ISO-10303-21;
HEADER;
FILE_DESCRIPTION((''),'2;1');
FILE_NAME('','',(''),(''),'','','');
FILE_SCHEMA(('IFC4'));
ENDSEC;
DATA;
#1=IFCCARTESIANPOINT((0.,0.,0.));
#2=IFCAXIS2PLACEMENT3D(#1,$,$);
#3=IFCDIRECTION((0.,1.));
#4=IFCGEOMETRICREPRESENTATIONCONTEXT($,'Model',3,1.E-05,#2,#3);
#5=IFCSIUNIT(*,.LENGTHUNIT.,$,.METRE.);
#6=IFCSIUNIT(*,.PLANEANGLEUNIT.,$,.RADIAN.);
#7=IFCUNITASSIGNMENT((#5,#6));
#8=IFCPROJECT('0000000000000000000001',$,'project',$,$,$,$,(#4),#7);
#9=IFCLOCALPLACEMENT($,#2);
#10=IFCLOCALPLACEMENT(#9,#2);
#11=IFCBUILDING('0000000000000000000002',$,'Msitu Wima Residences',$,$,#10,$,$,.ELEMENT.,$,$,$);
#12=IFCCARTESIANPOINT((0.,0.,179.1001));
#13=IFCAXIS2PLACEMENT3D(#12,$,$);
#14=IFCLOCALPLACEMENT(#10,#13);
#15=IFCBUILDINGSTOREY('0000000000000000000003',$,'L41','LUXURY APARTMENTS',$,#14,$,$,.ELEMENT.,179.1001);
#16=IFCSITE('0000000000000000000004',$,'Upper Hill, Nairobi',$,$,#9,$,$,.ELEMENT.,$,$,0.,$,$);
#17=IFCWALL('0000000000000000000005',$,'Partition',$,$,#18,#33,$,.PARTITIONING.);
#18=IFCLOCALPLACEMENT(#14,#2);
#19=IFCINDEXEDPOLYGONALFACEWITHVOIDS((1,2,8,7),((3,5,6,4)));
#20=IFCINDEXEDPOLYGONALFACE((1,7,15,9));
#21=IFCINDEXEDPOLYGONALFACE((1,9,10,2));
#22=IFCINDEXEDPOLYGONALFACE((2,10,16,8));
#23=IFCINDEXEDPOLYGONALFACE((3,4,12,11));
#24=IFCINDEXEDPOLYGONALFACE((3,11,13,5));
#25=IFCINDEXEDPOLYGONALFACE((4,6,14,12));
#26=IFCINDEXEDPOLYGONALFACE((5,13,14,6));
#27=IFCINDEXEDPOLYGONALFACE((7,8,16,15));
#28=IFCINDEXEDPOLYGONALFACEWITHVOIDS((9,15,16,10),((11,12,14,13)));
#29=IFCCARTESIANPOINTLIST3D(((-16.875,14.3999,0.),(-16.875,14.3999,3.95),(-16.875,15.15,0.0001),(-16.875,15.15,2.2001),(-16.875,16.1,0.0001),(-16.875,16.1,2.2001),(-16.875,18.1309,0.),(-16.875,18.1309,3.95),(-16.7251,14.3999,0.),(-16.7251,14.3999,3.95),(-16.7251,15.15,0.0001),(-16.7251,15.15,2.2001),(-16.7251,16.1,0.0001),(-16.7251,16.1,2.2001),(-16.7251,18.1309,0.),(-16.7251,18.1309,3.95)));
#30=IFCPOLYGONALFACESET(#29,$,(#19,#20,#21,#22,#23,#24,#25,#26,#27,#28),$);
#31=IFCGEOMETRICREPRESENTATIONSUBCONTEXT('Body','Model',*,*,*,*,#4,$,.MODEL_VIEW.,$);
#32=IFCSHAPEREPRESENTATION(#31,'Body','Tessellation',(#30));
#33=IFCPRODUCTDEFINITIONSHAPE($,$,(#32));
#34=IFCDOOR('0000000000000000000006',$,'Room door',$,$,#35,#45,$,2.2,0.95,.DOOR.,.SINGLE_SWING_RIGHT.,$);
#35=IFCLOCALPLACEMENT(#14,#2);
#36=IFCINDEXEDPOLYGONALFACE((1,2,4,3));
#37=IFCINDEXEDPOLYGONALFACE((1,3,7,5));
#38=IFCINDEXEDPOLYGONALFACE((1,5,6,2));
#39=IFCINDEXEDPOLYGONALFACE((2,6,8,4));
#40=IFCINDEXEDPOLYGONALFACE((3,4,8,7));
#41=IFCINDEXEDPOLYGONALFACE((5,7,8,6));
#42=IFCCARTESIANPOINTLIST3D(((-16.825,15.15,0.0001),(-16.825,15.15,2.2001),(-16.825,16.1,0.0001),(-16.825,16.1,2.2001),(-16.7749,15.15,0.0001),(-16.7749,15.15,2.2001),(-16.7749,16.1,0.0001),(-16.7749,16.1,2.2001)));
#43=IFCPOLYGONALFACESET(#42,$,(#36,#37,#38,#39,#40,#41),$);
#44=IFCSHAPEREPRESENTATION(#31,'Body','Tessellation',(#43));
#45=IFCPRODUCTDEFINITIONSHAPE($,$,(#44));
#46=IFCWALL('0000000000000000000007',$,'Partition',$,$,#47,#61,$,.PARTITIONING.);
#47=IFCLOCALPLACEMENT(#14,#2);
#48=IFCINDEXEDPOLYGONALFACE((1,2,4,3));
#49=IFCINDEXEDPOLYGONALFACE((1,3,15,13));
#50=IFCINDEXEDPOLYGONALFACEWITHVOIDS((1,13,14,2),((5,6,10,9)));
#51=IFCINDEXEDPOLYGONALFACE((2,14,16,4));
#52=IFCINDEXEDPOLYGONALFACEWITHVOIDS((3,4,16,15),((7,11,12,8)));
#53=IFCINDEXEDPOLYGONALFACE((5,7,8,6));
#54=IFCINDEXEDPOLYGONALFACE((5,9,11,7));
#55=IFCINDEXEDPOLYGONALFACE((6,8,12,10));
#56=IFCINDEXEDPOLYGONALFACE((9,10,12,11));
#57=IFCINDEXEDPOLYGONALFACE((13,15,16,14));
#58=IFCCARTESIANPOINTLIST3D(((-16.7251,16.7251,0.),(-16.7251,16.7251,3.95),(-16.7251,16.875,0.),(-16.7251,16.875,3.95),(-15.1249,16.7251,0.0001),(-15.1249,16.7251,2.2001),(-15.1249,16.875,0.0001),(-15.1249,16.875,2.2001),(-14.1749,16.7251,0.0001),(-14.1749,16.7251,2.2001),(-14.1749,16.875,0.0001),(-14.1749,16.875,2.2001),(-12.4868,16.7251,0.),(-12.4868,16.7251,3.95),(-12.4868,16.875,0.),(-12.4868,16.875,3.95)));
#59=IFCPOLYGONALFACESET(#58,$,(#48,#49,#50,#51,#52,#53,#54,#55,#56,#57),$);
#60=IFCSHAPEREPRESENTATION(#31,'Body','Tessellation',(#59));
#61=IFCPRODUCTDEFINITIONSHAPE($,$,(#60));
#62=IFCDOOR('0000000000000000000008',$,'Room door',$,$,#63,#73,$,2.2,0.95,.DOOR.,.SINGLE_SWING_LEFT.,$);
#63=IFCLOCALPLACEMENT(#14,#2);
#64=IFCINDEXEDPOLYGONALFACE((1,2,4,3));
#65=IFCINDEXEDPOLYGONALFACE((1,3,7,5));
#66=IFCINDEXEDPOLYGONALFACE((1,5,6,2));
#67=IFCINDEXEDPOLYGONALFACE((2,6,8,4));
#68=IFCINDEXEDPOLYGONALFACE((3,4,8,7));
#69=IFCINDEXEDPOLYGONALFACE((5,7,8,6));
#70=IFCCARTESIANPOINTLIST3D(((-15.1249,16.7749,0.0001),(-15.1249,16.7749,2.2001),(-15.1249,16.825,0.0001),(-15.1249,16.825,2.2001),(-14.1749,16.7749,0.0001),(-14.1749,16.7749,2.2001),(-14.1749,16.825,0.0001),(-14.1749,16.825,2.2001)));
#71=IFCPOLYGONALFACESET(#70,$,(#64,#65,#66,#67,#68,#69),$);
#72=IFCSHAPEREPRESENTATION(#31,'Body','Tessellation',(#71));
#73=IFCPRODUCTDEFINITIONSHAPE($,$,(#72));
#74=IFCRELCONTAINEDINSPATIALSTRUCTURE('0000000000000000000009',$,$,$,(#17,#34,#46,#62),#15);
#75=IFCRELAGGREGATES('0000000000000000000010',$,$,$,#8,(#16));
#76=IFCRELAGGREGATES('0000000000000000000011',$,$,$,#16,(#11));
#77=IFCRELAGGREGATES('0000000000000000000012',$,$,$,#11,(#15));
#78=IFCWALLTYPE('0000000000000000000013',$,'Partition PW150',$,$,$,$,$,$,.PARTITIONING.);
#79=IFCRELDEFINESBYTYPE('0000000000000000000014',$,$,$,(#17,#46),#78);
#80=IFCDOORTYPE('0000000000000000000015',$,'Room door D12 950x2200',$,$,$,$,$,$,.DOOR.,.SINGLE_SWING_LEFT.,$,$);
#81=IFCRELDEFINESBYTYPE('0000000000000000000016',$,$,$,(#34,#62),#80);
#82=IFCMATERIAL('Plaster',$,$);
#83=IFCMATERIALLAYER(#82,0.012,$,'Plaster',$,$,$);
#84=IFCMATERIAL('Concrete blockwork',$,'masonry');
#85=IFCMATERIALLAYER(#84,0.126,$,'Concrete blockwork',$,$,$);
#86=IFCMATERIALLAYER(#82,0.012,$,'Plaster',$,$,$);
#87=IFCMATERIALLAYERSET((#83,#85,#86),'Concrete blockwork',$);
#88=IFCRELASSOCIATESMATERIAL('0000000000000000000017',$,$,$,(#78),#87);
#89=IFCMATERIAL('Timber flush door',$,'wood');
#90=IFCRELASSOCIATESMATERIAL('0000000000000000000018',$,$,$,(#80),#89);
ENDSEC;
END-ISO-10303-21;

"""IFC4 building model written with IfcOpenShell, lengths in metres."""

from ifc_helpers import new_model, si_unit, direction, frame, frame_2d, origin, place, context, subcontext, project, spatial, rectangle, extrude, material, layer, layer_set, type_object, element, fill, save


model = new_model("IFC4")

# Units and contexts
model_context = context("Model", 3, precision=1e-05, world=origin(), true_north=direction((0.0, 1.0)))
body_context = subcontext(model_context, "Body", "Model", "MODEL_VIEW")
ifc_project = project(units=[si_unit("LENGTHUNIT", "METRE"), si_unit("PLANEANGLEUNIT", "RADIAN")], contexts=[model_context])

# Site, building, storey
site_placement = place(None, origin())
site = spatial("IfcSite", under=ifc_project, at=site_placement, Name="Upper Hill, Nairobi", CompositionType="ELEMENT", RefElevation=0.0)
building_placement = place(site_placement, origin())
building = spatial("IfcBuilding", under=site, at=building_placement, Name="Msitu Wima Residences", CompositionType="ELEMENT")
storey_placement = place(building_placement, frame((0.0, 0.0, 179.1001)))
storey = spatial("IfcBuildingStorey", under=building, at=storey_placement, Name="L41", Description="LUXURY APARTMENTS", CompositionType="ELEMENT", Elevation=179.1001)

# Shared definitions
ifc_material_1 = material(Name="Plaster")
ifc_material_2 = material(Name="Concrete blockwork", Category="masonry")

# Shared definitions
ifc_layer_1 = layer(ifc_material_1, 0.012, Name="Plaster")
ifc_layer_2 = layer(ifc_material_2, 0.126, Name="Concrete blockwork")
ifc_layer_3 = layer(ifc_material_1, 0.012, Name="Plaster")
ifc_layer_set_1 = layer_set([ifc_layer_1, ifc_layer_2, ifc_layer_3], Name="Concrete blockwork")
wall_type_1 = type_object("IfcWallType", Name="Partition PW150", PredefinedType="PARTITIONING", material=ifc_layer_set_1)

# Shared definitions
ifc_material_3 = material(Name="Timber flush door", Category="wood")
door_type_1 = type_object("IfcDoorType", Name="Room door D12 950x2200", OperationType="SINGLE_SWING_LEFT", PredefinedType="DOOR", material=ifc_material_3)

# Walls, openings, doors
wall_1_placement = place(storey_placement, frame((-16.8, 14.3999, 0.0), z_axis=(0.0, 0.0, 1.0), x_axis=(0.0, 1.0, 0.0)))
wall_1 = element("IfcWall", 1, at=wall_1_placement, inside=storey, type_object=wall_type_1, Name="Partition", PredefinedType="PARTITIONING", context=body_context, shape_type="SweptSolid", body=[
    extrude(rectangle(XDim=3.731, YDim=0.1499, at=frame_2d((1.8655, 0.0))), origin(), (0.0, 0.0, 1.0), 3.95),
])
opening_1_placement = place(wall_1_placement, frame((0.75, 0.0, 0.0)))
opening_1 = element("IfcOpeningElement", 2, at=opening_1_placement, cuts=wall_1, PredefinedType="OPENING", context=body_context, shape_type="SweptSolid", body=[
    extrude(rectangle(XDim=0.95, YDim=2.2, at=frame_2d((0.4751, 1.1001))), frame((0.0, 0.085, 0.0), z_axis=(0.0, -1.0, 0.0), x_axis=(1.0, 0.0, 0.0)), (0.0, 0.0, 1.0), 0.1699),
])
door_1_placement = place(opening_1_placement, origin())
door_1 = element("IfcDoor", 3, at=door_1_placement, inside=storey, type_object=door_type_1, Name="Room door", OperationType="SINGLE_SWING_RIGHT", OverallHeight=2.2, OverallWidth=0.95, PredefinedType="DOOR", context=body_context, shape_type="SweptSolid", body=[
    extrude(rectangle(XDim=0.95, YDim=2.2, at=frame_2d((0.4751, 1.1001))), frame((0.0, 0.0249, 0.0), z_axis=(0.0, -1.0, 0.0), x_axis=(1.0, 0.0, 0.0)), (0.0, 0.0, 1.0), 0.05),
])
fill(opening_1, door_1)
wall_2_placement = place(storey_placement, frame((-16.7251, 16.8, 0.0), z_axis=(0.0, 0.0, 1.0), x_axis=(1.0, 0.0, 0.0)))
wall_2 = element("IfcWall", 4, at=wall_2_placement, inside=storey, type_object=wall_type_1, Name="Partition", PredefinedType="PARTITIONING", context=body_context, shape_type="SweptSolid", body=[
    extrude(rectangle(XDim=4.2383, YDim=0.1499, at=frame_2d((2.1191, 0.0))), origin(), (0.0, 0.0, 1.0), 3.95),
])
opening_2_placement = place(wall_2_placement, frame((1.6001, 0.0, 0.0)))
opening_2 = element("IfcOpeningElement", 5, at=opening_2_placement, cuts=wall_2, PredefinedType="OPENING", context=body_context, shape_type="SweptSolid", body=[
    extrude(rectangle(XDim=0.95, YDim=2.2, at=frame_2d((0.4751, 1.1001))), frame((0.0, 0.085, 0.0), z_axis=(0.0, -1.0, 0.0), x_axis=(1.0, 0.0, 0.0)), (0.0, 0.0, 1.0), 0.1699),
])
door_2_placement = place(opening_2_placement, origin())
door_2 = element("IfcDoor", 6, at=door_2_placement, inside=storey, type_object=door_type_1, Name="Room door", OperationType="SINGLE_SWING_LEFT", OverallHeight=2.2, OverallWidth=0.95, PredefinedType="DOOR", context=body_context, shape_type="SweptSolid", body=[
    extrude(rectangle(XDim=0.95, YDim=2.2, at=frame_2d((0.4751, 1.1001))), frame((0.0, 0.0249, 0.0), z_axis=(0.0, -1.0, 0.0), x_axis=(1.0, 0.0, 0.0)), (0.0, 0.0, 1.0), 0.05),
])
fill(opening_2, door_2)

save(model, "model.ifc")
